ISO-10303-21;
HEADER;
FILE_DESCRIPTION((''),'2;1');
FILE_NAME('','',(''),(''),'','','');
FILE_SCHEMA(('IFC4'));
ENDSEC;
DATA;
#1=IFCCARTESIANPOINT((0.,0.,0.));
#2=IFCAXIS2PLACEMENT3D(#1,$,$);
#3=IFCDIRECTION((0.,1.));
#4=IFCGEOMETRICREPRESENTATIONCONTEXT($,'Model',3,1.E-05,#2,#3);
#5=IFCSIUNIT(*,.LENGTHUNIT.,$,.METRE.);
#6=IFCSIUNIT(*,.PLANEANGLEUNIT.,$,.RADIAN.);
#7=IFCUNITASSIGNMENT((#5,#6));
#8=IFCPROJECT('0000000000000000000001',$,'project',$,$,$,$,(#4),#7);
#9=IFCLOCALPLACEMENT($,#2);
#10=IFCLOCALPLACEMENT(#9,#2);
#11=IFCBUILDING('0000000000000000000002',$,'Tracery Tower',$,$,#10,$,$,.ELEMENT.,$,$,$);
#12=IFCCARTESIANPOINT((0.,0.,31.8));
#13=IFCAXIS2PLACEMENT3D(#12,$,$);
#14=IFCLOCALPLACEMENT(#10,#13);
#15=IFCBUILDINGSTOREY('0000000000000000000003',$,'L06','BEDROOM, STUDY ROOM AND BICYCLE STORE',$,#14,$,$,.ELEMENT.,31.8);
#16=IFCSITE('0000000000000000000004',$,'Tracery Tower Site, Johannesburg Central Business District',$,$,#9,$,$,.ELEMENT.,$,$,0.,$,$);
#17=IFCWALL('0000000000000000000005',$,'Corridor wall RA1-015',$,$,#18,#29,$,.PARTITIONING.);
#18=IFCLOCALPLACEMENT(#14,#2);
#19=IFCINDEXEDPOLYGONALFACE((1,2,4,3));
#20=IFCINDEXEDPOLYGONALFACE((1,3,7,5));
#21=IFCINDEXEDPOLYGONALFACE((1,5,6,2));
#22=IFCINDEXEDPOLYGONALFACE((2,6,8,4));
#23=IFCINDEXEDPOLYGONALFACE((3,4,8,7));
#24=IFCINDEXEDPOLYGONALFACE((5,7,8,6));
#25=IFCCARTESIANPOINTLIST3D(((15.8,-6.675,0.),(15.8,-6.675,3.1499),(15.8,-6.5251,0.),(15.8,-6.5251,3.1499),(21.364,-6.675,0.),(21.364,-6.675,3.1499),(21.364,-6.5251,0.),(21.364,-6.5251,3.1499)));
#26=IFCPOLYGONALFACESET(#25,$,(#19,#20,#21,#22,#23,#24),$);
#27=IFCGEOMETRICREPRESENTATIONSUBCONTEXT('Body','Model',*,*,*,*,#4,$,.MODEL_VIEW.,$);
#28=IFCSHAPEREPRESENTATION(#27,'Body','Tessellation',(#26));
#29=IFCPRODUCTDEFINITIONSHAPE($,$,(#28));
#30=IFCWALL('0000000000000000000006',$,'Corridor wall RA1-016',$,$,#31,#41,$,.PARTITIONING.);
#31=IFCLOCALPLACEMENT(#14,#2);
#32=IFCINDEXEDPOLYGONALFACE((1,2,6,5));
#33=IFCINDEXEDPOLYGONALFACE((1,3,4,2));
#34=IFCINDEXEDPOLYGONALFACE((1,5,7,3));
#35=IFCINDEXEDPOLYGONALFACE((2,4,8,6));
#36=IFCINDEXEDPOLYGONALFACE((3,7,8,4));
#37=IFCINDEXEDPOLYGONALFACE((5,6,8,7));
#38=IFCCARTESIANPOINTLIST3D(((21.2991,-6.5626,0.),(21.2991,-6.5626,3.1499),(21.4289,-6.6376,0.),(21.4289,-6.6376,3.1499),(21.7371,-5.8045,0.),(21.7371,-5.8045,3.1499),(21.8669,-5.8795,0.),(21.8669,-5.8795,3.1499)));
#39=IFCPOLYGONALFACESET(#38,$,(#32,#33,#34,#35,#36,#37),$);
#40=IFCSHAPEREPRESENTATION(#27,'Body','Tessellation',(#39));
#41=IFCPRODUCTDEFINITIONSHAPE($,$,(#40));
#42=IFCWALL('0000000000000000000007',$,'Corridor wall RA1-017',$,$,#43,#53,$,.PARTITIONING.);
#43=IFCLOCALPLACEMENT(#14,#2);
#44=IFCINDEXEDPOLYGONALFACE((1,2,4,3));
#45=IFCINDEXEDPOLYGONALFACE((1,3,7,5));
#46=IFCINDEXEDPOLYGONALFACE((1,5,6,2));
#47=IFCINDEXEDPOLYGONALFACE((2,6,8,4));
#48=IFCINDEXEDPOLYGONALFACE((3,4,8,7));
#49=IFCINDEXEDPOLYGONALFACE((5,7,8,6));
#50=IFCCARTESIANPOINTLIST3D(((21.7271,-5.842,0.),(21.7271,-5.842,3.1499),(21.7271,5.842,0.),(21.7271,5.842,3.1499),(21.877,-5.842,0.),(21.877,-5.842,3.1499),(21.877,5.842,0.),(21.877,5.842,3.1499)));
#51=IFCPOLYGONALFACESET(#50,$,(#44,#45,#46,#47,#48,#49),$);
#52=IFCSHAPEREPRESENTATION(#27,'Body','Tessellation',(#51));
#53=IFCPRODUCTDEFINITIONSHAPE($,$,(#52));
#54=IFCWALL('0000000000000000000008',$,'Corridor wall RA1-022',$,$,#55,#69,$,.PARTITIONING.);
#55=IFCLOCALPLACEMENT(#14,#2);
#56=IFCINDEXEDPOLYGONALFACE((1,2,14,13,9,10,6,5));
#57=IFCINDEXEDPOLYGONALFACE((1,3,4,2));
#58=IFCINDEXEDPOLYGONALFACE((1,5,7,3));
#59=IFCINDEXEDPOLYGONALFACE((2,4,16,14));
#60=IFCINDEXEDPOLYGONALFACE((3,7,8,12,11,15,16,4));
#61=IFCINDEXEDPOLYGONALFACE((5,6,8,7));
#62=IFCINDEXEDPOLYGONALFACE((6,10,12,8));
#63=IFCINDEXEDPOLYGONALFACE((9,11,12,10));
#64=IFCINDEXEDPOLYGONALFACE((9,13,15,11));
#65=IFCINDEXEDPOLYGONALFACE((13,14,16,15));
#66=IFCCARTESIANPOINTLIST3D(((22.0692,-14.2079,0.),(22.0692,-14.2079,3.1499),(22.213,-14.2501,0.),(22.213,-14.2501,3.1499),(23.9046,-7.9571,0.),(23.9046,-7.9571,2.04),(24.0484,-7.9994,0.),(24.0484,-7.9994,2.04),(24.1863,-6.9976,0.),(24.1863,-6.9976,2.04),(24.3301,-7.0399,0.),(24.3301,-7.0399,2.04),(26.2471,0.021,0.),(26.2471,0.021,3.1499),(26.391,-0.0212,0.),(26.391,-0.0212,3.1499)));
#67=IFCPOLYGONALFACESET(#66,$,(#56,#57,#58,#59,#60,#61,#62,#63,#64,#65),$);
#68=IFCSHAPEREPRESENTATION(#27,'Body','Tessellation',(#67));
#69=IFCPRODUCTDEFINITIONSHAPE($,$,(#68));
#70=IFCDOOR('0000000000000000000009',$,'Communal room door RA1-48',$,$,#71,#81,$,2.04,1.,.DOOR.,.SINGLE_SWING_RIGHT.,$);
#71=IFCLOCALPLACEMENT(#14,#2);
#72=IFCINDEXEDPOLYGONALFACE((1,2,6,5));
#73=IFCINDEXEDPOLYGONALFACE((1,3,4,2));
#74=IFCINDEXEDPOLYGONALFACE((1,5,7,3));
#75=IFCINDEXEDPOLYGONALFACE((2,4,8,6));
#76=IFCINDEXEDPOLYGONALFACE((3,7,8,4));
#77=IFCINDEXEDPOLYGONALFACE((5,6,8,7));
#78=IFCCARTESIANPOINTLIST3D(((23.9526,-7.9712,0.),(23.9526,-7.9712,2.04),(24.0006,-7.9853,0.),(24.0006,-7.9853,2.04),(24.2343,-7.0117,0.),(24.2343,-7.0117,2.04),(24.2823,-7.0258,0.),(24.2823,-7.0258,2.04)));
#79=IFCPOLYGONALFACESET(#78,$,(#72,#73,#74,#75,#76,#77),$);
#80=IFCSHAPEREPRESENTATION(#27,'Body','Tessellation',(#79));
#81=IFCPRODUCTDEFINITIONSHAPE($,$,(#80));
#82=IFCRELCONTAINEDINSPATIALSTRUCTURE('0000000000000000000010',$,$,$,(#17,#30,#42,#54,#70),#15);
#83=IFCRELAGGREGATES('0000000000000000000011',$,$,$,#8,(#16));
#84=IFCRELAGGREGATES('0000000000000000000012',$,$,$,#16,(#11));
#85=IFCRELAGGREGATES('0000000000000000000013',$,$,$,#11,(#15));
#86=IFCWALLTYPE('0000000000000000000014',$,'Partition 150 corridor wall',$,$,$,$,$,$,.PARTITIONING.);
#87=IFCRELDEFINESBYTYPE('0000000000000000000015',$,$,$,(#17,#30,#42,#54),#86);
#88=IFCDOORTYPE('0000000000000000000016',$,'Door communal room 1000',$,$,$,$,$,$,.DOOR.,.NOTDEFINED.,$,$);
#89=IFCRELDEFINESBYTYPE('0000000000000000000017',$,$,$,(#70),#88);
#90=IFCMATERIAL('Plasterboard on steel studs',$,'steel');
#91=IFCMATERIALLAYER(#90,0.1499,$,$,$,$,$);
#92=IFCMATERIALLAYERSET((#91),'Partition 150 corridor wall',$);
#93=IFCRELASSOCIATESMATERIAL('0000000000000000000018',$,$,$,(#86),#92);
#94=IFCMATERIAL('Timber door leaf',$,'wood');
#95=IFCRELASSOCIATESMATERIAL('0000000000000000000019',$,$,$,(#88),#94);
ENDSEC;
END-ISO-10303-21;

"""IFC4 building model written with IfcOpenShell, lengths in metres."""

from ifc_helpers import new_model, si_unit, direction, frame, frame_2d, origin, place, context, subcontext, project, spatial, rectangle, extrude, material, layer, layer_set, type_object, element, fill, save


model = new_model("IFC4")

# Units and contexts
model_context = context("Model", 3, precision=1e-05, world=origin(), true_north=direction((0.0, 1.0)))
body_context = subcontext(model_context, "Body", "Model", "MODEL_VIEW")
ifc_project = project(units=[si_unit("LENGTHUNIT", "METRE"), si_unit("PLANEANGLEUNIT", "RADIAN")], contexts=[model_context])

# Site, building, storey
site_placement = place(None, origin())
site = spatial("IfcSite", under=ifc_project, at=site_placement, Name="Tracery Tower Site, Johannesburg Central Business District", CompositionType="ELEMENT", RefElevation=0.0)
building_placement = place(site_placement, origin())
building = spatial("IfcBuilding", under=site, at=building_placement, Name="Tracery Tower", CompositionType="ELEMENT")
storey_placement = place(building_placement, frame((0.0, 0.0, 31.8)))
storey = spatial("IfcBuildingStorey", under=building, at=storey_placement, Name="L06", Description="BEDROOM, STUDY ROOM AND BICYCLE STORE", CompositionType="ELEMENT", Elevation=31.8)

# Shared definitions
ifc_material_1 = material(Name="Plasterboard on steel studs", Category="steel")
ifc_layer_1 = layer(ifc_material_1, 0.1499)
ifc_layer_set_1 = layer_set([ifc_layer_1], Name="Partition 150 corridor wall")
wall_type_1 = type_object("IfcWallType", Name="Partition 150 corridor wall", PredefinedType="PARTITIONING", material=ifc_layer_set_1)

# Walls
wall_1_placement = place(storey_placement, frame((15.8, -6.6001, 0.0), z_axis=(0.0, 0.0, 1.0), x_axis=(1.0, 0.0, 0.0)))
element("IfcWall", 1, at=wall_1_placement, inside=storey, type_object=wall_type_1, Name="Corridor wall RA1-015", PredefinedType="PARTITIONING", context=body_context, shape_type="SweptSolid", body=[
    extrude(rectangle(XDim=5.564, YDim=0.1499, at=frame_2d((2.782, 0.0))), origin(), (0.0, 0.0, 1.0), 3.1499),
])
wall_2_placement = place(storey_placement, frame((21.364, -6.6001, 0.0), z_axis=(0.0, 0.0, 1.0), x_axis=(0.500278, 0.865865, 0.0)))
element("IfcWall", 2, at=wall_2_placement, inside=storey, type_object=wall_type_1, Name="Corridor wall RA1-016", PredefinedType="PARTITIONING", context=body_context, shape_type="SweptSolid", body=[
    extrude(rectangle(XDim=0.8755, YDim=0.1499, at=frame_2d((0.4377, 0.0))), origin(), (0.0, 0.0, 1.0), 3.1499),
])
wall_3_placement = place(storey_placement, frame((21.802, -5.842, 0.0), z_axis=(0.0, 0.0, 1.0), x_axis=(0.0, 1.0, 0.0)))
element("IfcWall", 3, at=wall_3_placement, inside=storey, type_object=wall_type_1, Name="Corridor wall RA1-017", PredefinedType="PARTITIONING", context=body_context, shape_type="SweptSolid", body=[
    extrude(rectangle(XDim=11.6841, YDim=0.1499, at=frame_2d((5.842, 0.0))), origin(), (0.0, 0.0, 1.0), 3.1499),
])

# Wall, opening, door
wall_4_placement = place(storey_placement, frame((22.1411, -14.229, 0.0), z_axis=(0.0, 0.0, 1.0), x_axis=(0.28173, 0.959494, 0.0)))
wall_4 = element("IfcWall", 4, at=wall_4_placement, inside=storey, type_object=wall_type_1, Name="Corridor wall RA1-022", PredefinedType="PARTITIONING", context=body_context, shape_type="SweptSolid", body=[
    extrude(rectangle(XDim=14.8296, YDim=0.1499, at=frame_2d((7.4148, 0.0))), origin(), (0.0, 0.0, 1.0), 3.1499),
])
opening_1_placement = place(wall_4_placement, frame((6.5146, 0.0, 0.0)))
opening_1 = element("IfcOpeningElement", 5, at=opening_1_placement, cuts=wall_4, PredefinedType="OPENING", context=body_context, shape_type="SweptSolid", body=[
    extrude(rectangle(XDim=1.0, YDim=2.04, at=frame_2d((0.5, 1.02))), frame((0.0, 0.075, 0.0), z_axis=(0.0, -1.0, 0.0), x_axis=(1.0, 0.0, 0.0)), (0.0, 0.0, 1.0), 0.1499),
])
ifc_material_2 = material(Name="Timber door leaf", Category="wood")
door_type_1 = type_object("IfcDoorType", Name="Door communal room 1000", OperationType="NOTDEFINED", PredefinedType="DOOR", material=ifc_material_2)
door_1_placement = place(opening_1_placement, origin())
door_1 = element("IfcDoor", 6, at=door_1_placement, inside=storey, type_object=door_type_1, Name="Communal room door RA1-48", OperationType="SINGLE_SWING_RIGHT", OverallHeight=2.04, OverallWidth=1.0, PredefinedType="DOOR", context=body_context, shape_type="SweptSolid", body=[
    extrude(rectangle(XDim=1.0, YDim=2.04, at=frame_2d((0.5, 1.02))), frame((0.0, 0.0249, 0.0), z_axis=(0.0, -1.0, 0.0), x_axis=(1.0, 0.0, 0.0)), (0.0, 0.0, 1.0), 0.05),
])
fill(opening_1, door_1)

save(model, "model.ifc")
